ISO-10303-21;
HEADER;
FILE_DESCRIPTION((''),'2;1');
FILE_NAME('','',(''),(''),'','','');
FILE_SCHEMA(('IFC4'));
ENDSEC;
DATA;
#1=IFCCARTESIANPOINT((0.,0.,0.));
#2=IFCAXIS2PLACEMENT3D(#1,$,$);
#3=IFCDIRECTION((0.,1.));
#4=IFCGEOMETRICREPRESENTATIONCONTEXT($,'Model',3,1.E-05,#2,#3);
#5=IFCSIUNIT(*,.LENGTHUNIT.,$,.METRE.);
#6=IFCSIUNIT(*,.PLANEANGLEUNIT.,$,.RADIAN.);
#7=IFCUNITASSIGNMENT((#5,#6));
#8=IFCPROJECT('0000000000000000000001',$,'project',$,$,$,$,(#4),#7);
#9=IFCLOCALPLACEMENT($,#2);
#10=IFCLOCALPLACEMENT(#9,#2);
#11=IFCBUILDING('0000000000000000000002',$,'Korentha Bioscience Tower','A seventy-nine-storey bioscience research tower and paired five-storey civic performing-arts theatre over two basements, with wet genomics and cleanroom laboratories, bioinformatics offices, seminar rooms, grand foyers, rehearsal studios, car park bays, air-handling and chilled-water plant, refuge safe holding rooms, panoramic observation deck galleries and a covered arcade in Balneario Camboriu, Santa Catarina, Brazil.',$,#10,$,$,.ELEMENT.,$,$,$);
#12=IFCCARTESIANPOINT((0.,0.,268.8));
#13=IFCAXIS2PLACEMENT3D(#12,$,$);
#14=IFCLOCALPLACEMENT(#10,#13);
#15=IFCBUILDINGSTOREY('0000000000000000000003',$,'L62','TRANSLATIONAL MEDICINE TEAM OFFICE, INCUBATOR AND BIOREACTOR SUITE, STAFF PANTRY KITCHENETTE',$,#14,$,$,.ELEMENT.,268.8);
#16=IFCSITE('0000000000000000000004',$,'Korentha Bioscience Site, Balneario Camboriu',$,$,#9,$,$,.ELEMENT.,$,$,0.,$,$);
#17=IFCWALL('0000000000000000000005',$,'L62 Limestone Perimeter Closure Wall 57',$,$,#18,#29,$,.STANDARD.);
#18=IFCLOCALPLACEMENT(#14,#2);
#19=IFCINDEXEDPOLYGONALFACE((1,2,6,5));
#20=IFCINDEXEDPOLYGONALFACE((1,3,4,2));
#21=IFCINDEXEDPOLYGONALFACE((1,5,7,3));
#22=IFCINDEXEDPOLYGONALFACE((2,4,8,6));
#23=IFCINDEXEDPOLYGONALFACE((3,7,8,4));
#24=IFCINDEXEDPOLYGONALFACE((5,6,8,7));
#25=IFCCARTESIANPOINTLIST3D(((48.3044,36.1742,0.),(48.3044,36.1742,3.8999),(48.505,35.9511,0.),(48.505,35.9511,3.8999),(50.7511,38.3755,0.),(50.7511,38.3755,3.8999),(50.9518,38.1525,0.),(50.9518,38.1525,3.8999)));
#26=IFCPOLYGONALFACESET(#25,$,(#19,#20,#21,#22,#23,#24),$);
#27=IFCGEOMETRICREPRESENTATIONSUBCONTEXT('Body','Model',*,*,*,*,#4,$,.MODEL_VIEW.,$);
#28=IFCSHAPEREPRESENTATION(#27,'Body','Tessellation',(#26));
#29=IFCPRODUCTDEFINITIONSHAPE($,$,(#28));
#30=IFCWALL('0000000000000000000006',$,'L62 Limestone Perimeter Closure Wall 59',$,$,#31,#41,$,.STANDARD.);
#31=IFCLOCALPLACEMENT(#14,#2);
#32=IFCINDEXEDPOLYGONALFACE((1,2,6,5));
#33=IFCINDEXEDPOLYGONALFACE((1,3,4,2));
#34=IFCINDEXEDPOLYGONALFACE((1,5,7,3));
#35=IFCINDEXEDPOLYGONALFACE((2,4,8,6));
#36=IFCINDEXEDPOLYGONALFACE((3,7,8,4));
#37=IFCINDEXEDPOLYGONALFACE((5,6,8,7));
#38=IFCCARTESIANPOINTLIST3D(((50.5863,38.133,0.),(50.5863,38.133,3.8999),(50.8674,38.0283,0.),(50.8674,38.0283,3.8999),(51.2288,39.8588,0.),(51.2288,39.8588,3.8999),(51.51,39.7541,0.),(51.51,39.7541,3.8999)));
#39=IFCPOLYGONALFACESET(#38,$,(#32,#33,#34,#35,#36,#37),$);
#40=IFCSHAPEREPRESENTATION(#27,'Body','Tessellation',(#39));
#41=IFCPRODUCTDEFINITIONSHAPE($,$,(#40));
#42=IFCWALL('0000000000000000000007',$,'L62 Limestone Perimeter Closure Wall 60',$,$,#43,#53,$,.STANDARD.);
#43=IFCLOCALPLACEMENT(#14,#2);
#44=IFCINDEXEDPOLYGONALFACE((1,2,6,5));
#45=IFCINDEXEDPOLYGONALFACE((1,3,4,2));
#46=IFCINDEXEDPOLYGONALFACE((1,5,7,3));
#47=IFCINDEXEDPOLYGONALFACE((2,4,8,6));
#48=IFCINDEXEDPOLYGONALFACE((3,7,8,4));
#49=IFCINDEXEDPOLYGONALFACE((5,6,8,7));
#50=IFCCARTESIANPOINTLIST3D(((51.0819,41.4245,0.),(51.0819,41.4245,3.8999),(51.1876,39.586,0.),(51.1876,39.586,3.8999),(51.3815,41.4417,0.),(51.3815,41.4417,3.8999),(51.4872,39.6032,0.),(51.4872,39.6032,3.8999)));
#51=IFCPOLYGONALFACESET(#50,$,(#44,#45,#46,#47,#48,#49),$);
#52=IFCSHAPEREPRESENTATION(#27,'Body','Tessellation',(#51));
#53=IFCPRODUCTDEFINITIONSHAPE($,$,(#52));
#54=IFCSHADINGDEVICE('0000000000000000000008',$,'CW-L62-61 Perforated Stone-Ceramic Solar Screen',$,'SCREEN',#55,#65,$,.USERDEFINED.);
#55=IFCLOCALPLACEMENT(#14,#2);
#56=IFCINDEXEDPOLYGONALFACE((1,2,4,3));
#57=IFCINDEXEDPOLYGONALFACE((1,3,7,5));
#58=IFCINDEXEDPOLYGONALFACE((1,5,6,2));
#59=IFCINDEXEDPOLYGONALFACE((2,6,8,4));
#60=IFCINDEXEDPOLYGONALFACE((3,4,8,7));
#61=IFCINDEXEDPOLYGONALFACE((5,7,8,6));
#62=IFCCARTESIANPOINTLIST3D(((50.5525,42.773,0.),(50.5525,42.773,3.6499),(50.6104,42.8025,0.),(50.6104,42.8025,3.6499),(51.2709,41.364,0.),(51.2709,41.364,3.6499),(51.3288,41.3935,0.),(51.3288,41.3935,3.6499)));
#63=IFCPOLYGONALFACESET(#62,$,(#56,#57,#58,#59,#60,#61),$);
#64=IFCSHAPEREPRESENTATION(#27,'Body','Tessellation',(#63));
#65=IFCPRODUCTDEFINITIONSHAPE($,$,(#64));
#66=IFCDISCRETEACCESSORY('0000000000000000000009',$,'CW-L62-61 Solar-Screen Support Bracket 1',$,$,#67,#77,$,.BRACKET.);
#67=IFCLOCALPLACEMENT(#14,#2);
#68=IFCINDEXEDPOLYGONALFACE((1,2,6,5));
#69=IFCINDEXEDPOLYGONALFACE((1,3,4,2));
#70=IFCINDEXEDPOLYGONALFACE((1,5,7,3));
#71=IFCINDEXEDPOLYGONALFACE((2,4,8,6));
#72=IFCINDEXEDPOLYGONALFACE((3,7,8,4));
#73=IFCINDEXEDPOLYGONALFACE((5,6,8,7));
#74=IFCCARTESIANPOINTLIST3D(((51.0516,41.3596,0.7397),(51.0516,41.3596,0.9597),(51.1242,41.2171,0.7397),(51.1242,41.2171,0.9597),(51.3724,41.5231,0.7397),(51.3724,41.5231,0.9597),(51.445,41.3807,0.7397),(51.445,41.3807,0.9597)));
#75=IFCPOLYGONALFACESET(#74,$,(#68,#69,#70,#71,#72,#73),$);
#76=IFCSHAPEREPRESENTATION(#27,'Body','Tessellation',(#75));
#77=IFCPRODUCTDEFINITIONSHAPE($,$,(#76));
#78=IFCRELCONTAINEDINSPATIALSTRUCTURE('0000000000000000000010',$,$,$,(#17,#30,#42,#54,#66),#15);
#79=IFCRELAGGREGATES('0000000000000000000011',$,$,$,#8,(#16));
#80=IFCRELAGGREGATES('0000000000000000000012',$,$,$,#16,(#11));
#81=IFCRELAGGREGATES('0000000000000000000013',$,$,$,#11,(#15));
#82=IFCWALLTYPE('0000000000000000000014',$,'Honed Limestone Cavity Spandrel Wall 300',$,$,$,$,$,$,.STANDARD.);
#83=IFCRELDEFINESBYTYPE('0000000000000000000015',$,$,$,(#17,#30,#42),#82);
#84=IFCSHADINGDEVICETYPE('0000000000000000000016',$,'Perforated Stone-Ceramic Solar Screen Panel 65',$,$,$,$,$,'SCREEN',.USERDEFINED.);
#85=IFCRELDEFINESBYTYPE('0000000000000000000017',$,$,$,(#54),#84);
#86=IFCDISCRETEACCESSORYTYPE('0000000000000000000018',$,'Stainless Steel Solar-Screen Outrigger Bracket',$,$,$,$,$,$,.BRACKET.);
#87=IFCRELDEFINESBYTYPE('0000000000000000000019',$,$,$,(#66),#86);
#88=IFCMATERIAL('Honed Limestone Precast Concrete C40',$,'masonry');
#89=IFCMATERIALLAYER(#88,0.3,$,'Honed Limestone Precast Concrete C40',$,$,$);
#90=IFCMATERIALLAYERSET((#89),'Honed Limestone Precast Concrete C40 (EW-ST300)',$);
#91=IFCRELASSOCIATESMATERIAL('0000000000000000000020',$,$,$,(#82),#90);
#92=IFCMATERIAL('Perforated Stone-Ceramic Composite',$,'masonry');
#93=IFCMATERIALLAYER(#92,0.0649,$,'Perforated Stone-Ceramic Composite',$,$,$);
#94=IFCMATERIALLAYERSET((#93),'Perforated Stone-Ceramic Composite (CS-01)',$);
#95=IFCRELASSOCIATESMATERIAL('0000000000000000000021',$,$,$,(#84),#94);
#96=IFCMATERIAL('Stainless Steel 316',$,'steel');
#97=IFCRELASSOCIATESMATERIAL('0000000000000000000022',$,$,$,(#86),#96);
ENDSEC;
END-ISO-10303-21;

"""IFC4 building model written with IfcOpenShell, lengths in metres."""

from ifc_helpers import new_model, si_unit, direction, frame, frame_2d, origin, origin_2d, place, context, subcontext, project, spatial, rectangle, extrude, material, layer, layer_set, type_object, element, save


model = new_model("IFC4")

# Units and contexts
model_context = context("Model", 3, precision=1e-05, world=origin(), true_north=direction((0.0, 1.0)))
body_context = subcontext(model_context, "Body", "Model", "MODEL_VIEW")
ifc_project = project(units=[si_unit("LENGTHUNIT", "METRE"), si_unit("PLANEANGLEUNIT", "RADIAN")], contexts=[model_context])

# Site, building, storey
site_placement = place(None, origin())
site = spatial("IfcSite", under=ifc_project, at=site_placement, Name="Korentha Bioscience Site, Balneario Camboriu", CompositionType="ELEMENT", RefElevation=0.0)
building_placement = place(site_placement, origin())
building = spatial("IfcBuilding", under=site, at=building_placement, Name="Korentha Bioscience Tower", Description="A seventy-nine-storey bioscience research tower and paired five-storey civic performing-arts theatre over two basements, with wet genomics and cleanroom laboratories, bioinformatics offices, seminar rooms, grand foyers, rehearsal studios, car park bays, air-handling and chilled-water plant, refuge safe holding rooms, panoramic observation deck galleries and a covered arcade in Balneario Camboriu, Santa Catarina, Brazil.", CompositionType="ELEMENT")
storey_placement = place(building_placement, frame((0.0, 0.0, 268.8)))
storey = spatial("IfcBuildingStorey", under=building, at=storey_placement, Name="L62", Description="TRANSLATIONAL MEDICINE TEAM OFFICE, INCUBATOR AND BIOREACTOR SUITE, STAFF PANTRY KITCHENETTE", CompositionType="ELEMENT", Elevation=268.8)

# Walls
ifc_material_1 = material(Name="Honed Limestone Precast Concrete C40", Category="masonry")
ifc_layer_1 = layer(ifc_material_1, 0.3, Name="Honed Limestone Precast Concrete C40")
ifc_layer_set_1 = layer_set([ifc_layer_1], Name="Honed Limestone Precast Concrete C40 (EW-ST300)")
wall_type_1 = type_object("IfcWallType", Name="Honed Limestone Cavity Spandrel Wall 300", PredefinedType="STANDARD", material=ifc_layer_set_1)
wall_1_placement = place(storey_placement, frame((48.4048, 36.0627, 0.0), z_axis=(0.0, 0.0, 1.0), x_axis=(0.743397, 0.66885, 0.0)))
element("IfcWall", 1, at=wall_1_placement, inside=storey, type_object=wall_type_1, Name="L62 Limestone Perimeter Closure Wall 57", PredefinedType="STANDARD", context=body_context, shape_type="SweptSolid", body=[
    extrude(rectangle(XDim=3.2913, YDim=0.3, at=frame_2d((1.6455, 0.0))), origin(), (0.0, 0.0, 1.0), 3.8999),
])
for number, where, z_axis, x_axis, name in (
    (2, (50.7268, 38.0806, 0.0), (0.0, 0.0, 1.0), (0.348929, 0.937149, 0.0), "L62 Limestone Perimeter Closure Wall 59"),
    (3, (51.3374, 39.5945, 0.0), (0.0, 0.0, 1.0), (-0.057401, 0.998351, 0.0), "L62 Limestone Perimeter Closure Wall 60"),
):
    element("IfcWall", number, at=place(storey_placement, frame(where, z_axis=z_axis, x_axis=x_axis)), inside=storey, type_object=wall_type_1, Name=name, PredefinedType="STANDARD", context=body_context, shape_type="SweptSolid", body=[
        extrude(rectangle(XDim=1.8416, YDim=0.3, at=frame_2d((0.9209, 0.0))), origin(), (0.0, 0.0, 1.0), 3.8999),
    ])

# Shading device
ifc_material_2 = material(Name="Perforated Stone-Ceramic Composite", Category="masonry")
ifc_layer_2 = layer(ifc_material_2, 0.0649, Name="Perforated Stone-Ceramic Composite")
ifc_layer_set_2 = layer_set([ifc_layer_2], Name="Perforated Stone-Ceramic Composite (CS-01)")
shading_device_type = type_object("IfcShadingDeviceType", Name="Perforated Stone-Ceramic Solar Screen Panel 65", ElementType="SCREEN", PredefinedType="USERDEFINED", material=ifc_layer_set_2)
shading_device_placement = place(storey_placement, frame((50.9407, 42.0833, 0.0), z_axis=(0.0, 0.0, 1.0), x_axis=(-0.454239, 0.89088, 0.0)))
element("IfcShadingDevice", 4, at=shading_device_placement, inside=storey, type_object=shading_device_type, Name="CW-L62-61 Perforated Stone-Ceramic Solar Screen", ObjectType="SCREEN", PredefinedType="USERDEFINED", context=body_context, shape_type="SweptSolid", body=[
    extrude(rectangle(XDim=1.5815, YDim=0.0649, at=origin_2d()), origin(), (0.0, 0.0, 1.0), 3.6499),
])

# Discrete accessory
ifc_material_3 = material(Name="Stainless Steel 316", Category="steel")
discrete_accessory_type = type_object("IfcDiscreteAccessoryType", Name="Stainless Steel Solar-Screen Outrigger Bracket", PredefinedType="BRACKET", material=ifc_material_3)
discrete_accessory_placement = place(storey_placement, frame((51.2483, 41.3701, 0.7397), z_axis=(0.0, 0.0, 1.0), x_axis=(-0.454239, 0.89088, 0.0)))
element("IfcDiscreteAccessory", 5, at=discrete_accessory_placement, inside=storey, type_object=discrete_accessory_type, Name="CW-L62-61 Solar-Screen Support Bracket 1", PredefinedType="BRACKET", context=body_context, shape_type="SweptSolid", body=[
    extrude(rectangle(XDim=0.1599, YDim=0.3601, at=origin_2d()), origin(), (0.0, 0.0, 1.0), 0.22),
])

save(model, "model.ifc")
